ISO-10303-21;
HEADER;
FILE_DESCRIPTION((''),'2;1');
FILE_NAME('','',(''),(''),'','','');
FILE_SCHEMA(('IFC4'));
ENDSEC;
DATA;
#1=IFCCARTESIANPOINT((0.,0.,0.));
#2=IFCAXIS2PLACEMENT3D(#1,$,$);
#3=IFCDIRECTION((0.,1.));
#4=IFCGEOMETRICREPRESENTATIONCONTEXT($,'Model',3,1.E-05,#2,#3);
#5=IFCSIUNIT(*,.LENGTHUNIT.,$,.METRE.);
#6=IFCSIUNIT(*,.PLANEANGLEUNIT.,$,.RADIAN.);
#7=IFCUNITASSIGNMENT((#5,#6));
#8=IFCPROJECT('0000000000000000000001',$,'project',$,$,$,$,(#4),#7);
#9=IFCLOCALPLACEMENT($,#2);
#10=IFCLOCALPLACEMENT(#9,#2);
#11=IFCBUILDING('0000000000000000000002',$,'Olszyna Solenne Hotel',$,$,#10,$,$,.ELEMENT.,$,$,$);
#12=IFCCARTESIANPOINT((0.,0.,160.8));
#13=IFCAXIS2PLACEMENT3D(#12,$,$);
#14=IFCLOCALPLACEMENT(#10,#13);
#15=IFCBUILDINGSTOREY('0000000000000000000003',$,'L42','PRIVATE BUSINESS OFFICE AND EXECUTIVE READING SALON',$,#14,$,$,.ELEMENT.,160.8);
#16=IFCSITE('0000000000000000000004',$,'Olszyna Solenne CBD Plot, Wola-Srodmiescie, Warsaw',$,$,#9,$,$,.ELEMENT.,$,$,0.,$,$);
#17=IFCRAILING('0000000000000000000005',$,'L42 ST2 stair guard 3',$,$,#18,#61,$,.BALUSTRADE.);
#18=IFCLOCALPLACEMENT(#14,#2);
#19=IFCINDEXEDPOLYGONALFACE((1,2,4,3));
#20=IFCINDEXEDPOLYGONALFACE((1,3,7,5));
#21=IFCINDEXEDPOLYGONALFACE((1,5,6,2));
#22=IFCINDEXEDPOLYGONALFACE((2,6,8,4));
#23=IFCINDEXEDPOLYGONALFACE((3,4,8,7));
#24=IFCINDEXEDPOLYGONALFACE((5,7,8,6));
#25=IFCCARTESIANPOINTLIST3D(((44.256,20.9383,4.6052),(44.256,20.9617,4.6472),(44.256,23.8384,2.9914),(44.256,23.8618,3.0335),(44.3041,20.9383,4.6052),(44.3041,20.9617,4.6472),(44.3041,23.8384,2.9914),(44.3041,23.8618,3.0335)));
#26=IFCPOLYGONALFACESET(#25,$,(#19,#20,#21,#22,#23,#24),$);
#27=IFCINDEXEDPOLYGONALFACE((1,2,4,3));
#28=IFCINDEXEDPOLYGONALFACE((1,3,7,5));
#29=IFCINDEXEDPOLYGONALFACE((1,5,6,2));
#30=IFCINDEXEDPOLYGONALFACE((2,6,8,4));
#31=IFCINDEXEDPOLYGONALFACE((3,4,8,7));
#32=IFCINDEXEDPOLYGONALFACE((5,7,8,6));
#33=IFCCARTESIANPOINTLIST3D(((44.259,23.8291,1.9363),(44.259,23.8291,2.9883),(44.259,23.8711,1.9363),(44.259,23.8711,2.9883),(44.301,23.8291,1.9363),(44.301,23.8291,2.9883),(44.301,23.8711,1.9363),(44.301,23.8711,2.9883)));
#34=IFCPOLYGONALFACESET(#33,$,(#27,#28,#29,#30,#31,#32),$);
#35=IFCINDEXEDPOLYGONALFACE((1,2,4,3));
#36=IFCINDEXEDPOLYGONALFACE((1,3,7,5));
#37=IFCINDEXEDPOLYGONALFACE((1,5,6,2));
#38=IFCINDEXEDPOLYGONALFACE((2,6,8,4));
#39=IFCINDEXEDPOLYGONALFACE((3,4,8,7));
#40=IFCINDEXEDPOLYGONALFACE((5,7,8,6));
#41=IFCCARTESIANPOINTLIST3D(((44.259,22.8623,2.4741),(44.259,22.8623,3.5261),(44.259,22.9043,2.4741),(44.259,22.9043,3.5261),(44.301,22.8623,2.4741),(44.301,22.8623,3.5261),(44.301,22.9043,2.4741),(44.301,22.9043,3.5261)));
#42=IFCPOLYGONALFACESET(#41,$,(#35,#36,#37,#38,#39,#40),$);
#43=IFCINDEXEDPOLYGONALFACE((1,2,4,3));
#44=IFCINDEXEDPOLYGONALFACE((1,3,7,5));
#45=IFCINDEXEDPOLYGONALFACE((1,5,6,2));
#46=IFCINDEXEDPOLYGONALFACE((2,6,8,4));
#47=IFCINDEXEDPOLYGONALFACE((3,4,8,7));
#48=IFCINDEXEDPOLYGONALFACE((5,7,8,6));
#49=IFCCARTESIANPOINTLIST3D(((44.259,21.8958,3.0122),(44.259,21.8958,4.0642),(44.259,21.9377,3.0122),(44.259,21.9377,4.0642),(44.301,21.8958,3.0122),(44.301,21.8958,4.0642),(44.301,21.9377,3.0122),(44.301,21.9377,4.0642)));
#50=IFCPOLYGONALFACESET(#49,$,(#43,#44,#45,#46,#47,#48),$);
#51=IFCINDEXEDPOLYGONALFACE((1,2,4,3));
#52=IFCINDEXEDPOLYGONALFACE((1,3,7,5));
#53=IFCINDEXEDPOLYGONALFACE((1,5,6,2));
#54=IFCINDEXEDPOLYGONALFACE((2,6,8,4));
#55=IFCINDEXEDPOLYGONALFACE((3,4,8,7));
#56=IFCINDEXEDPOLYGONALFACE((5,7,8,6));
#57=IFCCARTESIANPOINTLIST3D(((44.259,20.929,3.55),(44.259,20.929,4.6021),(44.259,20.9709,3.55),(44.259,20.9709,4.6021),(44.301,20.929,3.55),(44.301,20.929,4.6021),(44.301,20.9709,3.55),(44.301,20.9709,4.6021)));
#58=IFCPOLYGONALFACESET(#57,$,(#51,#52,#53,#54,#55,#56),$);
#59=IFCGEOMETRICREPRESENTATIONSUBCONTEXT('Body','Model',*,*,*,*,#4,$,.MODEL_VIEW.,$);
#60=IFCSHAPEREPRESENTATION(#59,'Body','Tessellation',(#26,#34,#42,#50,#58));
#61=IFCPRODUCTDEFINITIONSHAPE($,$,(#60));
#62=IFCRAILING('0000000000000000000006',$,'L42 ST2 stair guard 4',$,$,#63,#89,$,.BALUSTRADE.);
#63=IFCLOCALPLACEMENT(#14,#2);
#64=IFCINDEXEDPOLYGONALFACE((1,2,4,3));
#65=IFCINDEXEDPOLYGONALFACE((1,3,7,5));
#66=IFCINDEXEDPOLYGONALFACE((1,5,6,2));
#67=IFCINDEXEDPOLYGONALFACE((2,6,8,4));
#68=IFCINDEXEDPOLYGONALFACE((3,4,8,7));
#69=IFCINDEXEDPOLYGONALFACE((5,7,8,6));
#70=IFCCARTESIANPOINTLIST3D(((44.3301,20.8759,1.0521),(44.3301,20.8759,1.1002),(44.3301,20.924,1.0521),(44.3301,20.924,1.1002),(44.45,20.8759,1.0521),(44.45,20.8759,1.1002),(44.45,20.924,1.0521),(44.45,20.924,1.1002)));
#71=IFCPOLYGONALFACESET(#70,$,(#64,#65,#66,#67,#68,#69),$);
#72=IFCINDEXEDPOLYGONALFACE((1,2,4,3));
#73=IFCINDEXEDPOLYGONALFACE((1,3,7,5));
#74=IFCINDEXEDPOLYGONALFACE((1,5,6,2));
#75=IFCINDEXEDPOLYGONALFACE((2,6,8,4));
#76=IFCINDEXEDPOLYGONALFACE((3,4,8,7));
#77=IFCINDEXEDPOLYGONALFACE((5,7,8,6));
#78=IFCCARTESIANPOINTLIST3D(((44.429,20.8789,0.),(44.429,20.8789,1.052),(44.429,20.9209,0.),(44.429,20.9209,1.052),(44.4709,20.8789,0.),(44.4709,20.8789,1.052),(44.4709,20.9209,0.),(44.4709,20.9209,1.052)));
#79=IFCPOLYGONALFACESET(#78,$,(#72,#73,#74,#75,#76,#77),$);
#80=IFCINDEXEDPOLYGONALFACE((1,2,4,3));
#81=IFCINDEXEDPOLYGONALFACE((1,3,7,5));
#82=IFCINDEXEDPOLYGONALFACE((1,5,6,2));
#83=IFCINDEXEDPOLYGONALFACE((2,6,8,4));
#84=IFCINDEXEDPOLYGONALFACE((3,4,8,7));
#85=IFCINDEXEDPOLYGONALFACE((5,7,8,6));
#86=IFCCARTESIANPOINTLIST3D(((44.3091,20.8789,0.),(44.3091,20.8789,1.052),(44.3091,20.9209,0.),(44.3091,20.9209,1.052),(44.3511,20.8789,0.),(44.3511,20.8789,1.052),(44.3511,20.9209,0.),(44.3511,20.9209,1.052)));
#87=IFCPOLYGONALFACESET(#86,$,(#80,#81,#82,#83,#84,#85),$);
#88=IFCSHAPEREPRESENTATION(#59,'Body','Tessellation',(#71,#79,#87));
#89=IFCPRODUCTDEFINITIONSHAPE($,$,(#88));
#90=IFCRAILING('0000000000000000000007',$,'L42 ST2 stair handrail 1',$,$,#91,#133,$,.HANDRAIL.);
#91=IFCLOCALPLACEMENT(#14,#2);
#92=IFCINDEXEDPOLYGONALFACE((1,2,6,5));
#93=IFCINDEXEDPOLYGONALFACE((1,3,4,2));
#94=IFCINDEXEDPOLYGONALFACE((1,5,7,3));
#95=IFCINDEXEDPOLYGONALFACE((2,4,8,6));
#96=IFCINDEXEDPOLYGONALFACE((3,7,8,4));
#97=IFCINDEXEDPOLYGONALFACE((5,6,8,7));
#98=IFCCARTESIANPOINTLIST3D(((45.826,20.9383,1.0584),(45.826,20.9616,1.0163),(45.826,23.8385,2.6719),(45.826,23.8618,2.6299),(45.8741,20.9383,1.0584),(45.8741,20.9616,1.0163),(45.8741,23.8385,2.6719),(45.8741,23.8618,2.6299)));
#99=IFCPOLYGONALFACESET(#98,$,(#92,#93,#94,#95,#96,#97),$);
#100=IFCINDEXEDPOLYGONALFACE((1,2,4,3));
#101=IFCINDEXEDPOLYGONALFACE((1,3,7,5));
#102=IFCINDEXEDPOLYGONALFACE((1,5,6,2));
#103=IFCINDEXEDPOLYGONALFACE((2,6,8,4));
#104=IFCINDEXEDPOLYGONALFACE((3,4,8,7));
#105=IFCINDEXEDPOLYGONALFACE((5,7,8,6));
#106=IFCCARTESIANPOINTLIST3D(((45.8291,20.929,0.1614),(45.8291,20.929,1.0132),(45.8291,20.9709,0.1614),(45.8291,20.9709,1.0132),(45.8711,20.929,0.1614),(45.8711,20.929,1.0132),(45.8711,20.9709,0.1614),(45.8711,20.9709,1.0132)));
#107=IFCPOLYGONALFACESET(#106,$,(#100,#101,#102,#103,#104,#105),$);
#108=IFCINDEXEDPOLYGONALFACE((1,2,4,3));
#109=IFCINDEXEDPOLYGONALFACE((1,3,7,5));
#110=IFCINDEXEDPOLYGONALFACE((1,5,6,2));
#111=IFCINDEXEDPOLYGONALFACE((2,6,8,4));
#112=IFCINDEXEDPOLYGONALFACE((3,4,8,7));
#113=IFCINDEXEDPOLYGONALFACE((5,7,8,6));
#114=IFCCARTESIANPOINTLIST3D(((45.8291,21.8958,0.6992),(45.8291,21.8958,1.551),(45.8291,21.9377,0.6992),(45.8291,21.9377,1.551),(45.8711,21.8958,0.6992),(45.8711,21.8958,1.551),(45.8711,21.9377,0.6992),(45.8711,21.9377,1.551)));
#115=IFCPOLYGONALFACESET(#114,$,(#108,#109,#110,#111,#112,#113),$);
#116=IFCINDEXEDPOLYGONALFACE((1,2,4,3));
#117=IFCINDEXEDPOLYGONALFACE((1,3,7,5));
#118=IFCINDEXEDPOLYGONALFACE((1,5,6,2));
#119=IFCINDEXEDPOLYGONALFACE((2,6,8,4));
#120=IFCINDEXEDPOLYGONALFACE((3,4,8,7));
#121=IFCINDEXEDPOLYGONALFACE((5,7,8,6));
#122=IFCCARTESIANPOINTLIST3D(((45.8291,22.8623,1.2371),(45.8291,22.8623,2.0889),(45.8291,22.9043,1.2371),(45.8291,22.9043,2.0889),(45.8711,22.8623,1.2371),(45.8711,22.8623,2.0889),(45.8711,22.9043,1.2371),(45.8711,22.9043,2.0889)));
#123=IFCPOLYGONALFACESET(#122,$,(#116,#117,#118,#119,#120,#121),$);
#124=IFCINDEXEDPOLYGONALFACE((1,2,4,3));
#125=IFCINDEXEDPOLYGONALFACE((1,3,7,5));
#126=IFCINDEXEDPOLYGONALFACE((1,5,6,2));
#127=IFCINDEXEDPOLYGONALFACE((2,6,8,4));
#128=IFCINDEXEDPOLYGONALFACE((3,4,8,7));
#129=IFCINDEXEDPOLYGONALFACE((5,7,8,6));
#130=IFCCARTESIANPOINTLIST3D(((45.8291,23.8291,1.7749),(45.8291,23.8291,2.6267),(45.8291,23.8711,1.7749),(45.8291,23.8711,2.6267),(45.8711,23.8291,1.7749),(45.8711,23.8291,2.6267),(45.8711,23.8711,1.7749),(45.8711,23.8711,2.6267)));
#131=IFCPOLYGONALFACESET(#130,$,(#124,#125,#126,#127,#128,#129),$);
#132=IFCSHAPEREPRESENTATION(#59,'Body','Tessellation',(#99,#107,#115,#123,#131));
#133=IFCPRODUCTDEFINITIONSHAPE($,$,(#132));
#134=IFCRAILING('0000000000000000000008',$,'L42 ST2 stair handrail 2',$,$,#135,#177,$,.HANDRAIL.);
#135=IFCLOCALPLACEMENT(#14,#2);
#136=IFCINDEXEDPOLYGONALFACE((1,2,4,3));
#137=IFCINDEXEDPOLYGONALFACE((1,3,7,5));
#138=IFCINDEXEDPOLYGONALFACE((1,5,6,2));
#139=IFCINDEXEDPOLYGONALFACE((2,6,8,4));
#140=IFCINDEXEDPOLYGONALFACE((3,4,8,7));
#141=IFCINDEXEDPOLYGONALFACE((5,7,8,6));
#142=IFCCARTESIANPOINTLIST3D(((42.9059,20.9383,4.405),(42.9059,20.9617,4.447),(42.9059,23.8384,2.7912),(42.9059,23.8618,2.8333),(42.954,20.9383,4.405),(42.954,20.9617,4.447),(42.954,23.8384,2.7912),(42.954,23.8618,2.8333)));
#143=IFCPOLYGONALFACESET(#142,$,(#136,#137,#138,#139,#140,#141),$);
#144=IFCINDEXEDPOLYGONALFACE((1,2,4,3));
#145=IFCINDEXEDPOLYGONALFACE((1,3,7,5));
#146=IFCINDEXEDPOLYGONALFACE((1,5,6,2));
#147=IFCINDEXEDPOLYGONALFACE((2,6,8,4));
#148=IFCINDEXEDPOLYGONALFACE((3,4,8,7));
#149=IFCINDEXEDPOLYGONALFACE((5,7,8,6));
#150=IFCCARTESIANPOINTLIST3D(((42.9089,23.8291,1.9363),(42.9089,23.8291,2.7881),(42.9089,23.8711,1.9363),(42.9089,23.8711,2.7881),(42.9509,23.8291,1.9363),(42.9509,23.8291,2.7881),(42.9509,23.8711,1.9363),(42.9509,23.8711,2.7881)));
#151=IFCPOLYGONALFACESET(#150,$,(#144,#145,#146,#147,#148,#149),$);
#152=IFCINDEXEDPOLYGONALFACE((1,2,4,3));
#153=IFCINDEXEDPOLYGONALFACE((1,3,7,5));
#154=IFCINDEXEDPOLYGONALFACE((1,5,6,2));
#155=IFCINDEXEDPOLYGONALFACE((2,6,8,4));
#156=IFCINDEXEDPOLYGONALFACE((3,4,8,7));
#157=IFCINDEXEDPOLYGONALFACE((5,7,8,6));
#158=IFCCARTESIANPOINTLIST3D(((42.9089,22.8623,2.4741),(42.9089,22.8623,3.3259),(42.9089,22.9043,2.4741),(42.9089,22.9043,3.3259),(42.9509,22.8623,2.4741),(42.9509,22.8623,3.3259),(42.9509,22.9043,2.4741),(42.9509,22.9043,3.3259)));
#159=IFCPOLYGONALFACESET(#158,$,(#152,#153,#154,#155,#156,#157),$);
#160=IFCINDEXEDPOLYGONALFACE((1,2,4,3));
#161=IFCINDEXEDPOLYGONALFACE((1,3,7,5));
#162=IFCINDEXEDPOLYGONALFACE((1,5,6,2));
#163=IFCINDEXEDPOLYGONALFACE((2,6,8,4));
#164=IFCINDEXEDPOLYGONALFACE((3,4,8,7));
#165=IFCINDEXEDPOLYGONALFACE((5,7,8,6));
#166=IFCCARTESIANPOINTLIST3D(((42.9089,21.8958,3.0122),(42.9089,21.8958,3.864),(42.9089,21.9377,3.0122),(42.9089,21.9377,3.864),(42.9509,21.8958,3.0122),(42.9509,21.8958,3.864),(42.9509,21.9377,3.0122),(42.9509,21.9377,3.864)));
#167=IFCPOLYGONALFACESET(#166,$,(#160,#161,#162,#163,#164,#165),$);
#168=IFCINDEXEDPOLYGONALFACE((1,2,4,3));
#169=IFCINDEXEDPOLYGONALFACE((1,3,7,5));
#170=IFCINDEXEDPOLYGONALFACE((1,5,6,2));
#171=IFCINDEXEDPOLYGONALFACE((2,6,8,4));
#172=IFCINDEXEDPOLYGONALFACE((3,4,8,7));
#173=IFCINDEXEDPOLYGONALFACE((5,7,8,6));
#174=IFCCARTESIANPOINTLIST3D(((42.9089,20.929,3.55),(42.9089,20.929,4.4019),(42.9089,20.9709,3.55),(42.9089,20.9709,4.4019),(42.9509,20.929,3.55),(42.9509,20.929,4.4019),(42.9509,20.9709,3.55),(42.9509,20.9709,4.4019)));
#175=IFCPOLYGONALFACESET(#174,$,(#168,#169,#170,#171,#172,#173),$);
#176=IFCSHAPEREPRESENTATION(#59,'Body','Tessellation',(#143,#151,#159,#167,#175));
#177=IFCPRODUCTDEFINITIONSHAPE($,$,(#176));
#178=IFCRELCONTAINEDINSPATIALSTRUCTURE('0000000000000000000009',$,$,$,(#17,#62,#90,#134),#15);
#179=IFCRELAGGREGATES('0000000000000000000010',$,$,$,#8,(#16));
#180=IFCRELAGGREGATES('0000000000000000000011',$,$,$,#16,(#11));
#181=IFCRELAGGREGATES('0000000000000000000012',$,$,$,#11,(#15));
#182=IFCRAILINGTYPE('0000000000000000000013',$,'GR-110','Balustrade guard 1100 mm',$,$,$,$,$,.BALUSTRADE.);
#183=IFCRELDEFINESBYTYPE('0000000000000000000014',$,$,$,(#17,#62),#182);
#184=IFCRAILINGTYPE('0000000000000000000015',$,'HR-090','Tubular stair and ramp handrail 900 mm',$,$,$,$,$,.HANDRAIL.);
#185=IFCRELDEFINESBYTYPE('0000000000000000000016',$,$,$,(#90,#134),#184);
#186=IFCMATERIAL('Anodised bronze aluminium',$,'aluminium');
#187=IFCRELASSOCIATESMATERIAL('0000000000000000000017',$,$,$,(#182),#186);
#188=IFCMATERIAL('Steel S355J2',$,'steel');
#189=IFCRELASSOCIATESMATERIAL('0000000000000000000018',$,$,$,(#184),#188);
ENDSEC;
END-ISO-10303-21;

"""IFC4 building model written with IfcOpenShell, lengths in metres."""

from ifc_helpers import new_model, si_unit, direction, frame, origin, origin_2d, place, context, subcontext, project, spatial, rectangle, extrude, material, type_object, element, save


model = new_model("IFC4")

# Units and contexts
model_context = context("Model", 3, precision=1e-05, world=origin(), true_north=direction((0.0, 1.0)))
body_context = subcontext(model_context, "Body", "Model", "MODEL_VIEW")
ifc_project = project(units=[si_unit("LENGTHUNIT", "METRE"), si_unit("PLANEANGLEUNIT", "RADIAN")], contexts=[model_context])

# Site, building, storey
site_placement = place(None, origin())
site = spatial("IfcSite", under=ifc_project, at=site_placement, Name="Olszyna Solenne CBD Plot, Wola-Srodmiescie, Warsaw", CompositionType="ELEMENT", RefElevation=0.0)
building_placement = place(site_placement, origin())
building = spatial("IfcBuilding", under=site, at=building_placement, Name="Olszyna Solenne Hotel", CompositionType="ELEMENT")
storey_placement = place(building_placement, frame((0.0, 0.0, 160.8)))
storey = spatial("IfcBuildingStorey", under=building, at=storey_placement, Name="L42", Description="PRIVATE BUSINESS OFFICE AND EXECUTIVE READING SALON", CompositionType="ELEMENT", Elevation=160.8)

# Shared definitions
ifc_material_1 = material(Name="Steel S355J2", Category="steel")

# Shared definitions
ifc_material_2 = material(Name="Anodised bronze aluminium", Category="aluminium")

# Railings
railing_type_1 = type_object("IfcRailingType", Name="GR-110", Description="Balustrade guard 1100 mm", PredefinedType="BALUSTRADE", material=ifc_material_2)
railing_1_placement = place(storey_placement, frame((44.28, 23.8501, 1.9363)))
element("IfcRailing", 1, at=railing_1_placement, inside=storey, type_object=railing_type_1, Name="L42 ST2 stair guard 3", PredefinedType="BALUSTRADE", context=body_context, shape_type="SweptSolid", body=[
    extrude(rectangle(XDim=0.0481, YDim=0.0481, at=origin_2d()), frame((0.0, 0.0, 1.0762), z_axis=(0.0, -0.873827, 0.486236), x_axis=(1.0, 0.0, 0.0)), (0.0, 0.0, 1.0), 3.3188),
    extrude(rectangle(XDim=0.042, YDim=0.042, at=origin_2d()), origin(), (0.0, 0.0, 1.0), 1.052),
    extrude(rectangle(XDim=0.042, YDim=0.042, at=origin_2d()), frame((0.0, -0.9668, 0.5378)), (0.0, 0.0, 1.0), 1.052),
    extrude(rectangle(XDim=0.042, YDim=0.042, at=origin_2d()), frame((0.0, -1.9333, 1.0759)), (0.0, 0.0, 1.0), 1.052),
    extrude(rectangle(XDim=0.042, YDim=0.042, at=origin_2d()), frame((0.0, -2.9001, 1.6138)), (0.0, 0.0, 1.0), 1.052),
])
railing_2_placement = place(storey_placement, frame((44.45, 20.8999, 0.0)))
element("IfcRailing", 2, at=railing_2_placement, inside=storey, type_object=railing_type_1, Name="L42 ST2 stair guard 4", PredefinedType="BALUSTRADE", context=body_context, shape_type="SweptSolid", body=[
    extrude(rectangle(XDim=0.0481, YDim=0.0481, at=origin_2d()), frame((0.0, 0.0, 1.0762), z_axis=(-1.0, 0.0, 0.0), x_axis=(0.0, -1.0, 0.0)), (0.0, 0.0, 1.0), 0.1199),
    extrude(rectangle(XDim=0.042, YDim=0.042, at=origin_2d()), origin(), (0.0, 0.0, 1.0), 1.052),
    extrude(rectangle(XDim=0.042, YDim=0.042, at=origin_2d()), frame((-0.1199, 0.0, 0.0)), (0.0, 0.0, 1.0), 1.052),
])
railing_type_2 = type_object("IfcRailingType", Name="HR-090", Description="Tubular stair and ramp handrail 900 mm", PredefinedType="HANDRAIL", material=ifc_material_1)
railing_3_placement = place(storey_placement, frame((45.8501, 20.95, 0.1614)))
element("IfcRailing", 3, at=railing_3_placement, inside=storey, type_object=railing_type_2, Name="L42 ST2 stair handrail 1", PredefinedType="HANDRAIL", context=body_context, shape_type="SweptSolid", body=[
    extrude(rectangle(XDim=0.0481, YDim=0.0481, at=origin_2d()), frame((0.0, 0.0, 0.876), z_axis=(0.0, 0.873859, 0.48618), x_axis=(-1.0, 0.0, 0.0)), (0.0, 0.0, 1.0), 3.3188),
    extrude(rectangle(XDim=0.042, YDim=0.042, at=origin_2d()), origin(), (0.0, 0.0, 1.0), 0.8518),
    extrude(rectangle(XDim=0.042, YDim=0.042, at=origin_2d()), frame((0.0, 0.9668, 0.5378)), (0.0, 0.0, 1.0), 0.8518),
    extrude(rectangle(XDim=0.042, YDim=0.042, at=origin_2d()), frame((0.0, 1.9333, 1.0757)), (0.0, 0.0, 1.0), 0.8518),
    extrude(rectangle(XDim=0.042, YDim=0.042, at=origin_2d()), frame((0.0, 2.9001, 1.6135)), (0.0, 0.0, 1.0), 0.8518),
])
railing_4_placement = place(storey_placement, frame((42.9299, 23.8501, 1.9363)))
element("IfcRailing", 4, at=railing_4_placement, inside=storey, type_object=railing_type_2, Name="L42 ST2 stair handrail 2", PredefinedType="HANDRAIL", context=body_context, shape_type="SweptSolid", body=[
    extrude(rectangle(XDim=0.0481, YDim=0.0481, at=origin_2d()), frame((0.0, 0.0, 0.876), z_axis=(0.0, -0.873827, 0.486236), x_axis=(1.0, 0.0, 0.0)), (0.0, 0.0, 1.0), 3.3188),
    extrude(rectangle(XDim=0.042, YDim=0.042, at=origin_2d()), origin(), (0.0, 0.0, 1.0), 0.8518),
    extrude(rectangle(XDim=0.042, YDim=0.042, at=origin_2d()), frame((0.0, -0.9668, 0.5378)), (0.0, 0.0, 1.0), 0.8518),
    extrude(rectangle(XDim=0.042, YDim=0.042, at=origin_2d()), frame((0.0, -1.9333, 1.0759)), (0.0, 0.0, 1.0), 0.8518),
    extrude(rectangle(XDim=0.042, YDim=0.042, at=origin_2d()), frame((0.0, -2.9001, 1.6138)), (0.0, 0.0, 1.0), 0.8518),
])

save(model, "model.ifc")
